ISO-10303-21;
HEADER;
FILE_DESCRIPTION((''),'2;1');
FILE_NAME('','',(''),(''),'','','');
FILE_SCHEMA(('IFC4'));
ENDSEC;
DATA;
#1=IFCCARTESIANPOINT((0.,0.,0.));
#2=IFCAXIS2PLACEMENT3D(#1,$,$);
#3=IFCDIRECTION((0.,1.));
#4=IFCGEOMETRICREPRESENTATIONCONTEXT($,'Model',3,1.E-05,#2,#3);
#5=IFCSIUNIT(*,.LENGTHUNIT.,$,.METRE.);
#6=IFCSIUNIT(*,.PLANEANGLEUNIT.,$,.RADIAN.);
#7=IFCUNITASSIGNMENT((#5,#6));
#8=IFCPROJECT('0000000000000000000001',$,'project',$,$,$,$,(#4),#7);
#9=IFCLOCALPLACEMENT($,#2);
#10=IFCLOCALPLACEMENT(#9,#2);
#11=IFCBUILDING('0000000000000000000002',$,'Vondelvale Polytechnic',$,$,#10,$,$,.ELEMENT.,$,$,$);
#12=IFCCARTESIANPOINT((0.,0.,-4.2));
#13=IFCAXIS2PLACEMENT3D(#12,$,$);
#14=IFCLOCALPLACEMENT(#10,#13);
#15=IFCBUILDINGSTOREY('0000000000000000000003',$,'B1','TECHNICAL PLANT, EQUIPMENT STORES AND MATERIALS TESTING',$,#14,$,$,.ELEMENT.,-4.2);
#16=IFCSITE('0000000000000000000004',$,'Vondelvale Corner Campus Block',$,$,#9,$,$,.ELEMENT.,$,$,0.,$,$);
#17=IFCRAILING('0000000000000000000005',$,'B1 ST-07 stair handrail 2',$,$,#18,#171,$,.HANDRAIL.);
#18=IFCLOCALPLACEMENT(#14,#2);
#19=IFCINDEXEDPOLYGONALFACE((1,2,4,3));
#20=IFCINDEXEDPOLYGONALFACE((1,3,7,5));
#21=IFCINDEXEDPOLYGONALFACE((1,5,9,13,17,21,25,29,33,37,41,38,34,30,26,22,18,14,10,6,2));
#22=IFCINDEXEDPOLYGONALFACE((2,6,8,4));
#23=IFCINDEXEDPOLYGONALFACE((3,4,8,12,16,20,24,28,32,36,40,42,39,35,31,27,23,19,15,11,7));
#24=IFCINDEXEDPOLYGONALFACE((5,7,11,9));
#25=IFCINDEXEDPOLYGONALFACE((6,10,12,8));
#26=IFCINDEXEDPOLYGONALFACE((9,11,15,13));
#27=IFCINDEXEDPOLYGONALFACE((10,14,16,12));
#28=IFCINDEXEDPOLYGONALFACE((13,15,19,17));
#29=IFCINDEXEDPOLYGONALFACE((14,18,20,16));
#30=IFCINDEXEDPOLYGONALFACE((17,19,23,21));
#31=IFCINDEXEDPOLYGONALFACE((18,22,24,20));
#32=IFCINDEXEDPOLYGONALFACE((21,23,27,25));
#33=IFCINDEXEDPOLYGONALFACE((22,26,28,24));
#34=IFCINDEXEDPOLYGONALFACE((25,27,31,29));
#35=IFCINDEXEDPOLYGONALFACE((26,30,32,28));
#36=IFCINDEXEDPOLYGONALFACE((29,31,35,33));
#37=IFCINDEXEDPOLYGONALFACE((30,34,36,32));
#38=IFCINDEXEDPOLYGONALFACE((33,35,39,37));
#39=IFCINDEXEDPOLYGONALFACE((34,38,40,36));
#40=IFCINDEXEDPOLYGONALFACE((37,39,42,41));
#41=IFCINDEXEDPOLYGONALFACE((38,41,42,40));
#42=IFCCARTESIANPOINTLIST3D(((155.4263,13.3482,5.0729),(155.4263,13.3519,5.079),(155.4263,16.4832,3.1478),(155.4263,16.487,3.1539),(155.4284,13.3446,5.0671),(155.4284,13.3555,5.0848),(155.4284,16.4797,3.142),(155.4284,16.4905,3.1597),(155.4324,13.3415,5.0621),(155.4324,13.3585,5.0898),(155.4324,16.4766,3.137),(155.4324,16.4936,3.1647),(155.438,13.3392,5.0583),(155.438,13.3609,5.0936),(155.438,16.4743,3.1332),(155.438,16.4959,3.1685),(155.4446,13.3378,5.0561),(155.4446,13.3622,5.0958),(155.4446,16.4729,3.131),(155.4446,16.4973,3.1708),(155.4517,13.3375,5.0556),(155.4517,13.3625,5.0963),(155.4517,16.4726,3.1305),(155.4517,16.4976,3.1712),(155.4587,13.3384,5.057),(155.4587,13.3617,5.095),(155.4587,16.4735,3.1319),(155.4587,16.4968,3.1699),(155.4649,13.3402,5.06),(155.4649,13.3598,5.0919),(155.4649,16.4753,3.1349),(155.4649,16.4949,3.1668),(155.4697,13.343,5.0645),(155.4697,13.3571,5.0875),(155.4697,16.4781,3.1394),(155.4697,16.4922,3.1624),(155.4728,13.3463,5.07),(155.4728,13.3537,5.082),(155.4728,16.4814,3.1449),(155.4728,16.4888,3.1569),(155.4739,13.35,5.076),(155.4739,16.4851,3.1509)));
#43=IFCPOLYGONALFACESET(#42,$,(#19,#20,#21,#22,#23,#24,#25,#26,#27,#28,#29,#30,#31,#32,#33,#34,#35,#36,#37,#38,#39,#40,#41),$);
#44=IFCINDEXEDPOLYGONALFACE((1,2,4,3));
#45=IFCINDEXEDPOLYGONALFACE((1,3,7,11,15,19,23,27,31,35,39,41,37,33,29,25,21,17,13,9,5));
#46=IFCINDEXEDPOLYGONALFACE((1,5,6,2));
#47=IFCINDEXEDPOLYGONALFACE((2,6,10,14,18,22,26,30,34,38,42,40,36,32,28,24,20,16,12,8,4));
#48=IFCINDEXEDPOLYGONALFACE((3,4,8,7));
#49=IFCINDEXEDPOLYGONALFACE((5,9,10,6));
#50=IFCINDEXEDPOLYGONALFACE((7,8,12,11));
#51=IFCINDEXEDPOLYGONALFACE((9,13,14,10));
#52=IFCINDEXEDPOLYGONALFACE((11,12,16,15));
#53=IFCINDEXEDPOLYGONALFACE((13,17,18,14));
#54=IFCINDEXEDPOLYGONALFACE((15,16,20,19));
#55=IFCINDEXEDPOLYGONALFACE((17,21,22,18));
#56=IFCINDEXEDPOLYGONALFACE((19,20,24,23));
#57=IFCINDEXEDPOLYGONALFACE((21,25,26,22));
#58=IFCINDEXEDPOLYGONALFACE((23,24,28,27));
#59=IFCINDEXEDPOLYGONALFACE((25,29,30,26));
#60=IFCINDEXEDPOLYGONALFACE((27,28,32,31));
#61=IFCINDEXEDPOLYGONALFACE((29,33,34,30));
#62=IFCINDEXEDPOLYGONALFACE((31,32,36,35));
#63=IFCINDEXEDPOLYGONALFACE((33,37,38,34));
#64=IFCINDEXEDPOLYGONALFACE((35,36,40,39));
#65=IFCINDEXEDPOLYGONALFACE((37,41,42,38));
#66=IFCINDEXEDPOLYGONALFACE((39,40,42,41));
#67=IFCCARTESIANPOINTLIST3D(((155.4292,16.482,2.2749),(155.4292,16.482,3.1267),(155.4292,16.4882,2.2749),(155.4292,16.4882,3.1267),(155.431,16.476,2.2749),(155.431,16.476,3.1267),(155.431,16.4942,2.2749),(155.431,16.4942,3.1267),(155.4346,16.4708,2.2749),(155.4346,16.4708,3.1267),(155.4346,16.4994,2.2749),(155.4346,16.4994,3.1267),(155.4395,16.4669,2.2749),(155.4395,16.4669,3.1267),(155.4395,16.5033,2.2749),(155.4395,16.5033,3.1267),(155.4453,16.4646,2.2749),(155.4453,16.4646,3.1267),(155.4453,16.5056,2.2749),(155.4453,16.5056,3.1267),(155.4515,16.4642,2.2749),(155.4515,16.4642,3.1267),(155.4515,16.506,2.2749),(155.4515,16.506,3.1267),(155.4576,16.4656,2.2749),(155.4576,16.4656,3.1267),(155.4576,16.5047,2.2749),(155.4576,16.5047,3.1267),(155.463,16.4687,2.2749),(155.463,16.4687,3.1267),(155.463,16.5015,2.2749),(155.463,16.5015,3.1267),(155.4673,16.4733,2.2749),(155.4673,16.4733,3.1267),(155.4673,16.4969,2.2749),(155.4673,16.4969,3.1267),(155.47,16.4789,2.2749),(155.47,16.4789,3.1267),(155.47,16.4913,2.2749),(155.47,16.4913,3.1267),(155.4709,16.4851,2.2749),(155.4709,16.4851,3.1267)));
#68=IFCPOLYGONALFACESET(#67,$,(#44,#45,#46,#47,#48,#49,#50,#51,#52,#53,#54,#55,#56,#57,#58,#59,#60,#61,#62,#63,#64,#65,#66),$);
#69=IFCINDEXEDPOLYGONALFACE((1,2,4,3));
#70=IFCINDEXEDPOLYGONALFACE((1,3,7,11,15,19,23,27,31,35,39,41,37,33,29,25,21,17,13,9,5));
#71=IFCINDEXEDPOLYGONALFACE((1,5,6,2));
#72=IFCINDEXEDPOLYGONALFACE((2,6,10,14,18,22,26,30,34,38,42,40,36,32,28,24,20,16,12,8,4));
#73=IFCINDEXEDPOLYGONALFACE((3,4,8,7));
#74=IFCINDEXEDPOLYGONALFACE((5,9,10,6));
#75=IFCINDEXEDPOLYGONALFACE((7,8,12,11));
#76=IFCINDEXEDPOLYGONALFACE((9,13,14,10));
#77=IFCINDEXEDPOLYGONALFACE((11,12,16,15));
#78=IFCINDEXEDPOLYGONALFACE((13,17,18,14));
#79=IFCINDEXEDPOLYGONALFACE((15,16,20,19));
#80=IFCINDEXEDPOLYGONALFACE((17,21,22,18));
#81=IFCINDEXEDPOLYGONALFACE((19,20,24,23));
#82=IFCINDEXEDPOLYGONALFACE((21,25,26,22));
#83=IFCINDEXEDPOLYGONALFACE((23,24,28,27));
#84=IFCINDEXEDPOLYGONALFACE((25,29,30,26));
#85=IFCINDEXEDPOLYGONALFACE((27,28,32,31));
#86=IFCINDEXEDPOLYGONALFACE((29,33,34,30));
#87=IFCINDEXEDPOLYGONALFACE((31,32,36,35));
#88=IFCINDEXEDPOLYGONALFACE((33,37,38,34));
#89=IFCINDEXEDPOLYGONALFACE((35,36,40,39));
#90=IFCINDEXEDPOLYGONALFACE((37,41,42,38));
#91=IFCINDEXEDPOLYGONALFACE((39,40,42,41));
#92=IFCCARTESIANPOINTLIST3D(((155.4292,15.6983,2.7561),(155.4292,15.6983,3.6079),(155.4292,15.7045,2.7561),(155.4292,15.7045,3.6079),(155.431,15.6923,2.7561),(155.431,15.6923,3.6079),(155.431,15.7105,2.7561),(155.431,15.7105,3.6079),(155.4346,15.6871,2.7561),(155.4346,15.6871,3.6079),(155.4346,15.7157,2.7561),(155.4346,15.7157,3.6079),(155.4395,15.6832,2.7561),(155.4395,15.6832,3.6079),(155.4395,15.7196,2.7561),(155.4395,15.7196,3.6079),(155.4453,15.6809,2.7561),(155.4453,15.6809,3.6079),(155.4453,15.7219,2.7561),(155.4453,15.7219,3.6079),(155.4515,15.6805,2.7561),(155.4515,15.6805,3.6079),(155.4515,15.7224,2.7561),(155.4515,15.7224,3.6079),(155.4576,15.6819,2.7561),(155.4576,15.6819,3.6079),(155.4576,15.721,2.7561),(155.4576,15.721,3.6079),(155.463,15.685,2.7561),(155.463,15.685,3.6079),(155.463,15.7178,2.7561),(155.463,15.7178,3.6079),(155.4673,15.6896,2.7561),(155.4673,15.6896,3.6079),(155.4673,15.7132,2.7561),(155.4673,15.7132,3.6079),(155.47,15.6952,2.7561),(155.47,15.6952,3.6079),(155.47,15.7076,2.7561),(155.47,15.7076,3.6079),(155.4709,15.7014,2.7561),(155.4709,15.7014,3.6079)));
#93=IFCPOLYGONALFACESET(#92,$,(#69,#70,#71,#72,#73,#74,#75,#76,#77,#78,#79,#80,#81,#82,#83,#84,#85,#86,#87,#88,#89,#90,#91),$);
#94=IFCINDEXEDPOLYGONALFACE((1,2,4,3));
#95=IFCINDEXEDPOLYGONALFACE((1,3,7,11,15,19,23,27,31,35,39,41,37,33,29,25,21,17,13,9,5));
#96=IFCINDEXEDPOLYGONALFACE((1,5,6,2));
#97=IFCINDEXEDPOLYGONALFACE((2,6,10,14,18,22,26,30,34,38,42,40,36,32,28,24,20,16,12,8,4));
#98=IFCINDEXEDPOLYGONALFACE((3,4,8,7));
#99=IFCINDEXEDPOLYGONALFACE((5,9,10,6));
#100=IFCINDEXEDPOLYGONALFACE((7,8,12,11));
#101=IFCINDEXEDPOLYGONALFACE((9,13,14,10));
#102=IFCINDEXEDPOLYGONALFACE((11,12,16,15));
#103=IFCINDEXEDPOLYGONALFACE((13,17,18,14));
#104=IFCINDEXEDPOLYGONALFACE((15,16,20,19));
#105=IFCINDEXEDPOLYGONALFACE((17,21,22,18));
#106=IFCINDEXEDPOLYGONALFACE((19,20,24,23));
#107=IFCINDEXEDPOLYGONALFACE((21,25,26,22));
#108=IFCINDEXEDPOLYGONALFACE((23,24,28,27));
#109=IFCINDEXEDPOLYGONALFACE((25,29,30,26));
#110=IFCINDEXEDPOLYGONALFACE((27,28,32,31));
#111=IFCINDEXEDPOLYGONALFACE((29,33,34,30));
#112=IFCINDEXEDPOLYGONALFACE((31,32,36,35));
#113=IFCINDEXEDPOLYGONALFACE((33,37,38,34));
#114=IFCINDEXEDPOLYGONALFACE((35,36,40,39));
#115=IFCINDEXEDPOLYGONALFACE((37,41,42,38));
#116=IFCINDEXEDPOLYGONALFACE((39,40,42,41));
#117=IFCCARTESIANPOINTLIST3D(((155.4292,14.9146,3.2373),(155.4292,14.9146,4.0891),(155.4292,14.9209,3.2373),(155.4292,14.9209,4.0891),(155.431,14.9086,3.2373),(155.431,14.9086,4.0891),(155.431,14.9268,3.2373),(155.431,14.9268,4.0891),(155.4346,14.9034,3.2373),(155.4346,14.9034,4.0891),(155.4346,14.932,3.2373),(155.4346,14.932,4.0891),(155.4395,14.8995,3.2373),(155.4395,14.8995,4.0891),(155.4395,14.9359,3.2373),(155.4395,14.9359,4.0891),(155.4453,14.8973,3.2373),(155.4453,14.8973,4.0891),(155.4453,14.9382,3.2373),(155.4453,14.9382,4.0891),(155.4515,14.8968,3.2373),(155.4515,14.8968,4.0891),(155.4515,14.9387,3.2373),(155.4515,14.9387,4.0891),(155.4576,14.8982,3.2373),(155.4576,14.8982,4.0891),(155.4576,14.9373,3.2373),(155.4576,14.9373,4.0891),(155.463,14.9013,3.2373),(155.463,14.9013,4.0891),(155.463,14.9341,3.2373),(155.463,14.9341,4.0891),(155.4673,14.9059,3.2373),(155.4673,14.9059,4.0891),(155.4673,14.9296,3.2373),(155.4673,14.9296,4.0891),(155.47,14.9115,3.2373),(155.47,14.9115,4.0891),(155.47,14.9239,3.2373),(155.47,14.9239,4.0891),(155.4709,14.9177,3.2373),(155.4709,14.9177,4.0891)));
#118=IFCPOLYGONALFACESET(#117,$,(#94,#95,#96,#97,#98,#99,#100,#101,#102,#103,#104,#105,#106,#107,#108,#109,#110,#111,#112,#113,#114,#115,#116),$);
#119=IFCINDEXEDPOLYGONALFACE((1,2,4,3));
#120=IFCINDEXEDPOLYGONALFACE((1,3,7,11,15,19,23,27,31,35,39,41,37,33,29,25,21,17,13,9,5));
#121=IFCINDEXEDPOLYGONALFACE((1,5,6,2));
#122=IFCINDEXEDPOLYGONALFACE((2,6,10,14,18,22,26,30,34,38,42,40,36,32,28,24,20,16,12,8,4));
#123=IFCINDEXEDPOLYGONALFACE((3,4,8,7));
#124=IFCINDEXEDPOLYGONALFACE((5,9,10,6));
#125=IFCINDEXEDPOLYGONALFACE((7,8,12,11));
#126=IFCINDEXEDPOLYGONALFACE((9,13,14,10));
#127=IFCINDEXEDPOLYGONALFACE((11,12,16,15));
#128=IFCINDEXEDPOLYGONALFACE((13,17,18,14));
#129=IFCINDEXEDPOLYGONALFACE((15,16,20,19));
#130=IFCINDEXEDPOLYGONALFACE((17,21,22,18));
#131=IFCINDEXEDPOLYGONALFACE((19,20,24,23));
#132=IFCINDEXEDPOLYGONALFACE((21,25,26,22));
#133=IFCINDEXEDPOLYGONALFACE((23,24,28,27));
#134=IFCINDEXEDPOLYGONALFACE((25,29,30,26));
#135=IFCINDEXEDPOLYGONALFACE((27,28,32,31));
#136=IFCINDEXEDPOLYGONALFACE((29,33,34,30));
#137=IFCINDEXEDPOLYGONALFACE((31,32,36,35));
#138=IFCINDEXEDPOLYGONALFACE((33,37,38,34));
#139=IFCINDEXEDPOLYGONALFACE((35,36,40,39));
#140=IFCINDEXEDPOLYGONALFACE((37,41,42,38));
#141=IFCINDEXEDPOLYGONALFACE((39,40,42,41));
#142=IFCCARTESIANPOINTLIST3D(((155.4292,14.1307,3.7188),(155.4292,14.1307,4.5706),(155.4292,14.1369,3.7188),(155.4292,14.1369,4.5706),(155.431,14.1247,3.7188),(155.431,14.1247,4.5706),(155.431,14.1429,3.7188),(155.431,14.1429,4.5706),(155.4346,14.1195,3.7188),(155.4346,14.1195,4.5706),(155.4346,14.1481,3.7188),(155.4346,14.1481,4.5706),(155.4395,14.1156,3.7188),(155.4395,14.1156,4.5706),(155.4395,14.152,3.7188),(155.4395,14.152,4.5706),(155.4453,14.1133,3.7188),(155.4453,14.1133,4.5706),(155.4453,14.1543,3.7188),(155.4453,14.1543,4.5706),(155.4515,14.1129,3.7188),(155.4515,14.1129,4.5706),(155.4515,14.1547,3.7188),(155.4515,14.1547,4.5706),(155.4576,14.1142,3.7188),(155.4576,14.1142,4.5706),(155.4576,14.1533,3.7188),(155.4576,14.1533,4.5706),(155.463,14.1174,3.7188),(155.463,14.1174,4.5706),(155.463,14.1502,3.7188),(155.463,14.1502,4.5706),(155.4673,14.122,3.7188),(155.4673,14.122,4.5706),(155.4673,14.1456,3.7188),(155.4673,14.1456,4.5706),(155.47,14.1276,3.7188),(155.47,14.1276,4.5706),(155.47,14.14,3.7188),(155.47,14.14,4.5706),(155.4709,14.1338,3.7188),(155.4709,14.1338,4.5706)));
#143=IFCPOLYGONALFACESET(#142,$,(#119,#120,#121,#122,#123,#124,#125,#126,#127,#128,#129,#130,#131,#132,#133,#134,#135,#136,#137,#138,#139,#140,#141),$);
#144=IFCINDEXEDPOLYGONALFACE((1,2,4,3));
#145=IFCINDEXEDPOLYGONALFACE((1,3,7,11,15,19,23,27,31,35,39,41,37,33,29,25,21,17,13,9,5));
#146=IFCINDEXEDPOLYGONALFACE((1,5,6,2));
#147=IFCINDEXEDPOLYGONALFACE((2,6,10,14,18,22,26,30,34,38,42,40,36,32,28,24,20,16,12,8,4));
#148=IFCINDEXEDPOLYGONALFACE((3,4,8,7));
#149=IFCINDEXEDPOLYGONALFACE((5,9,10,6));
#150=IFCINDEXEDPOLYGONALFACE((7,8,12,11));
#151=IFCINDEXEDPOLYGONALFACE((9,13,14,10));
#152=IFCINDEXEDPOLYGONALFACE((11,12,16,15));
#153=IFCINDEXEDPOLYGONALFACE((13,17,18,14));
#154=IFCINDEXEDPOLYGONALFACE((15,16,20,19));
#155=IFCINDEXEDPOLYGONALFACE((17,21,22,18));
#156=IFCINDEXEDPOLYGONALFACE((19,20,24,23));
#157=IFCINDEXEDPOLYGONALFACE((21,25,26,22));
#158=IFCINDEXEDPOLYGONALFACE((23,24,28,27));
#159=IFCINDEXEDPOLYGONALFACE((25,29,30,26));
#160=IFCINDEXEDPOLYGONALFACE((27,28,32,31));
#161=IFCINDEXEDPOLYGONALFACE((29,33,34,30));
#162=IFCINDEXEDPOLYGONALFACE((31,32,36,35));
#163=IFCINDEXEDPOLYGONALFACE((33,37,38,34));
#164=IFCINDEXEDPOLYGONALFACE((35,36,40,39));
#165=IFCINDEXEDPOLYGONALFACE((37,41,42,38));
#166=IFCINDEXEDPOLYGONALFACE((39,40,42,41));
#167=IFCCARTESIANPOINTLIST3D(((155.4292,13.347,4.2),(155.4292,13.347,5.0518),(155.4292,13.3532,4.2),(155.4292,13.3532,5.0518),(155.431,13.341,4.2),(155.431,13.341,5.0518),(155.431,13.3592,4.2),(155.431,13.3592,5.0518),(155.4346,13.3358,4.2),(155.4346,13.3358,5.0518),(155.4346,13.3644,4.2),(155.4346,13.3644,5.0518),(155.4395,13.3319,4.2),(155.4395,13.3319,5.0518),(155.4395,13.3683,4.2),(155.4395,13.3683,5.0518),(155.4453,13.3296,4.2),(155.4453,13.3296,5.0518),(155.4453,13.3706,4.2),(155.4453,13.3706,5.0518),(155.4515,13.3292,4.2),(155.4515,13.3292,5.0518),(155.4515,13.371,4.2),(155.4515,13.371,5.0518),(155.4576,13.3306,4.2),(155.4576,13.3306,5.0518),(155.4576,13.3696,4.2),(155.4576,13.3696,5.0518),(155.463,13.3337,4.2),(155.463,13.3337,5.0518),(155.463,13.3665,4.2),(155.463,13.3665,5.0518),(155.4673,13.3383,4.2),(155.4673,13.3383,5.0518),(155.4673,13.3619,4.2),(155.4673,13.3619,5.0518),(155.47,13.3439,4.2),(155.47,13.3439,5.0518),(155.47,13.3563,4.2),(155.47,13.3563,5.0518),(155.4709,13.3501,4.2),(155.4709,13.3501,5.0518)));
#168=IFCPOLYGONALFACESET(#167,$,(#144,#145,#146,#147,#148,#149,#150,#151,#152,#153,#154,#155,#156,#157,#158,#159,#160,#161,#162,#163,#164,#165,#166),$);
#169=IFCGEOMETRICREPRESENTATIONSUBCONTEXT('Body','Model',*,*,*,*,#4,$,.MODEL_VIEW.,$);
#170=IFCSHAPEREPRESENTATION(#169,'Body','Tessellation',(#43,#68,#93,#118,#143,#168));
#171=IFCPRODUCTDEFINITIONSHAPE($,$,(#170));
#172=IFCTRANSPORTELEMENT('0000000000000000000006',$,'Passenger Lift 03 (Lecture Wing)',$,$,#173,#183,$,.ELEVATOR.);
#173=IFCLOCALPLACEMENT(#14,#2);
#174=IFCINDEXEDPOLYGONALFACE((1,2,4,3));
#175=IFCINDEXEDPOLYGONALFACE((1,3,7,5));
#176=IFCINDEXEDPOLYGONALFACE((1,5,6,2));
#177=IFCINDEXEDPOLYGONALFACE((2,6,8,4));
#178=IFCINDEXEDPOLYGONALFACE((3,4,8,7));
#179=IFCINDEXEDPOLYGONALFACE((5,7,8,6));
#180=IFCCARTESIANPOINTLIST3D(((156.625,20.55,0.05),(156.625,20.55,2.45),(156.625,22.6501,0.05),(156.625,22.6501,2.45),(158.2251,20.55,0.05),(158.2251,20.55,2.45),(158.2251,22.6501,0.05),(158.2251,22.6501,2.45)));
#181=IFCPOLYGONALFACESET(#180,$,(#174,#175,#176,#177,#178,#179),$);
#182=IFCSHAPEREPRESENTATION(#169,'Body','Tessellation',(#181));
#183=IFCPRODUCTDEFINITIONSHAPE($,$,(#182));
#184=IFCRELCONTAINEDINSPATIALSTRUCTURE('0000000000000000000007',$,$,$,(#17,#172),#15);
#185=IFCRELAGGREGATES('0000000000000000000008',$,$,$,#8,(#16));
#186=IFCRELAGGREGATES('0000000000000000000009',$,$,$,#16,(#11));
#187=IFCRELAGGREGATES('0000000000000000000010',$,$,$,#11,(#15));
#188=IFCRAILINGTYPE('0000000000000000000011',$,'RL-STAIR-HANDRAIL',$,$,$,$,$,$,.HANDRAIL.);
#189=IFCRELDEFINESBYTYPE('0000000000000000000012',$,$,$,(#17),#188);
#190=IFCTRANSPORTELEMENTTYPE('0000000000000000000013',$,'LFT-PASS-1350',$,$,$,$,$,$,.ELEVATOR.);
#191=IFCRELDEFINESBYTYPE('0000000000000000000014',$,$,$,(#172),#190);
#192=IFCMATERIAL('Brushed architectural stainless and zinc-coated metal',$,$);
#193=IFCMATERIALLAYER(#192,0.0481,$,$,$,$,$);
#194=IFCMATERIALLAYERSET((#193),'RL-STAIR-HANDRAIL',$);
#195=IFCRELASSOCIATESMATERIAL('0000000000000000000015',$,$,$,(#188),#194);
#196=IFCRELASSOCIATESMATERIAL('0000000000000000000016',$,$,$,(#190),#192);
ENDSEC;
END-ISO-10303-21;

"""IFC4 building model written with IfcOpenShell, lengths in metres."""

from ifc_helpers import new_model, si_unit, direction, frame, origin, origin_2d, place, context, subcontext, project, spatial, rectangle, circle, extrude, material, layer, layer_set, type_object, element, save


model = new_model("IFC4")

# Units and contexts
model_context = context("Model", 3, precision=1e-05, world=origin(), true_north=direction((0.0, 1.0)))
body_context = subcontext(model_context, "Body", "Model", "MODEL_VIEW")
ifc_project = project(units=[si_unit("LENGTHUNIT", "METRE"), si_unit("PLANEANGLEUNIT", "RADIAN")], contexts=[model_context])

# Site, building, storey
site_placement = place(None, origin())
site = spatial("IfcSite", under=ifc_project, at=site_placement, Name="Vondelvale Corner Campus Block", CompositionType="ELEMENT", RefElevation=0.0)
building_placement = place(site_placement, origin())
building = spatial("IfcBuilding", under=site, at=building_placement, Name="Vondelvale Polytechnic", CompositionType="ELEMENT")
storey_placement = place(building_placement, frame((0.0, 0.0, -4.2)))
storey = spatial("IfcBuildingStorey", under=building, at=storey_placement, Name="B1", Description="TECHNICAL PLANT, EQUIPMENT STORES AND MATERIALS TESTING", CompositionType="ELEMENT", Elevation=-4.2)

# Shared definitions
ifc_material_1 = material(Name="Brushed architectural stainless and zinc-coated metal")

# Railing
ifc_layer_1 = layer(ifc_material_1, 0.0481)
ifc_layer_set_1 = layer_set([ifc_layer_1], Name="RL-STAIR-HANDRAIL")
railing_type_1 = type_object("IfcRailingType", Name="RL-STAIR-HANDRAIL", PredefinedType="HANDRAIL", material=ifc_layer_set_1)
railing_1_placement = place(storey_placement, frame((155.45, 16.4851, 2.2749)))
element("IfcRailing", 1, at=railing_1_placement, inside=storey, type_object=railing_type_1, Name="B1 ST-07 stair handrail 2", PredefinedType="HANDRAIL", context=body_context, shape_type="SweptSolid", body=[
    extrude(circle(Radius=0.0239, at=origin_2d()), frame((0.0, 0.0, 0.876), z_axis=(0.0, -0.852166, 0.523271), x_axis=(1.0, 0.0, 0.0)), (0.0, 0.0, 1.0), 3.679),
    extrude(circle(Radius=0.021, at=origin_2d()), origin(), (0.0, 0.0, 1.0), 0.8518),
    extrude(circle(Radius=0.021, at=origin_2d()), frame((0.0, -0.7837, 0.4812)), (0.0, 0.0, 1.0), 0.8518),
    extrude(circle(Radius=0.021, at=origin_2d()), frame((0.0, -1.5674, 0.9624)), (0.0, 0.0, 1.0), 0.8518),
    extrude(circle(Radius=0.021, at=origin_2d()), frame((0.0, -2.3513, 1.4438)), (0.0, 0.0, 1.0), 0.8518),
    extrude(circle(Radius=0.021, at=origin_2d()), frame((0.0, -3.135, 1.925)), (0.0, 0.0, 1.0), 0.8518),
])

# Transport element
transport_element_type = type_object("IfcTransportElementType", Name="LFT-PASS-1350", PredefinedType="ELEVATOR", material=ifc_material_1)
transport_element_placement = place(storey_placement, frame((157.425, 21.6001, 0.05), z_axis=(0.0, 0.0, 1.0), x_axis=(1.0, 0.0, 0.0)))
element("IfcTransportElement", 2, at=transport_element_placement, inside=storey, type_object=transport_element_type, Name="Passenger Lift 03 (Lecture Wing)", PredefinedType="ELEVATOR", context=body_context, shape_type="SweptSolid", body=[
    extrude(rectangle(XDim=1.6001, YDim=2.1001, at=origin_2d()), origin(), (0.0, 0.0, 1.0), 2.3999),
])

save(model, "model.ifc")
